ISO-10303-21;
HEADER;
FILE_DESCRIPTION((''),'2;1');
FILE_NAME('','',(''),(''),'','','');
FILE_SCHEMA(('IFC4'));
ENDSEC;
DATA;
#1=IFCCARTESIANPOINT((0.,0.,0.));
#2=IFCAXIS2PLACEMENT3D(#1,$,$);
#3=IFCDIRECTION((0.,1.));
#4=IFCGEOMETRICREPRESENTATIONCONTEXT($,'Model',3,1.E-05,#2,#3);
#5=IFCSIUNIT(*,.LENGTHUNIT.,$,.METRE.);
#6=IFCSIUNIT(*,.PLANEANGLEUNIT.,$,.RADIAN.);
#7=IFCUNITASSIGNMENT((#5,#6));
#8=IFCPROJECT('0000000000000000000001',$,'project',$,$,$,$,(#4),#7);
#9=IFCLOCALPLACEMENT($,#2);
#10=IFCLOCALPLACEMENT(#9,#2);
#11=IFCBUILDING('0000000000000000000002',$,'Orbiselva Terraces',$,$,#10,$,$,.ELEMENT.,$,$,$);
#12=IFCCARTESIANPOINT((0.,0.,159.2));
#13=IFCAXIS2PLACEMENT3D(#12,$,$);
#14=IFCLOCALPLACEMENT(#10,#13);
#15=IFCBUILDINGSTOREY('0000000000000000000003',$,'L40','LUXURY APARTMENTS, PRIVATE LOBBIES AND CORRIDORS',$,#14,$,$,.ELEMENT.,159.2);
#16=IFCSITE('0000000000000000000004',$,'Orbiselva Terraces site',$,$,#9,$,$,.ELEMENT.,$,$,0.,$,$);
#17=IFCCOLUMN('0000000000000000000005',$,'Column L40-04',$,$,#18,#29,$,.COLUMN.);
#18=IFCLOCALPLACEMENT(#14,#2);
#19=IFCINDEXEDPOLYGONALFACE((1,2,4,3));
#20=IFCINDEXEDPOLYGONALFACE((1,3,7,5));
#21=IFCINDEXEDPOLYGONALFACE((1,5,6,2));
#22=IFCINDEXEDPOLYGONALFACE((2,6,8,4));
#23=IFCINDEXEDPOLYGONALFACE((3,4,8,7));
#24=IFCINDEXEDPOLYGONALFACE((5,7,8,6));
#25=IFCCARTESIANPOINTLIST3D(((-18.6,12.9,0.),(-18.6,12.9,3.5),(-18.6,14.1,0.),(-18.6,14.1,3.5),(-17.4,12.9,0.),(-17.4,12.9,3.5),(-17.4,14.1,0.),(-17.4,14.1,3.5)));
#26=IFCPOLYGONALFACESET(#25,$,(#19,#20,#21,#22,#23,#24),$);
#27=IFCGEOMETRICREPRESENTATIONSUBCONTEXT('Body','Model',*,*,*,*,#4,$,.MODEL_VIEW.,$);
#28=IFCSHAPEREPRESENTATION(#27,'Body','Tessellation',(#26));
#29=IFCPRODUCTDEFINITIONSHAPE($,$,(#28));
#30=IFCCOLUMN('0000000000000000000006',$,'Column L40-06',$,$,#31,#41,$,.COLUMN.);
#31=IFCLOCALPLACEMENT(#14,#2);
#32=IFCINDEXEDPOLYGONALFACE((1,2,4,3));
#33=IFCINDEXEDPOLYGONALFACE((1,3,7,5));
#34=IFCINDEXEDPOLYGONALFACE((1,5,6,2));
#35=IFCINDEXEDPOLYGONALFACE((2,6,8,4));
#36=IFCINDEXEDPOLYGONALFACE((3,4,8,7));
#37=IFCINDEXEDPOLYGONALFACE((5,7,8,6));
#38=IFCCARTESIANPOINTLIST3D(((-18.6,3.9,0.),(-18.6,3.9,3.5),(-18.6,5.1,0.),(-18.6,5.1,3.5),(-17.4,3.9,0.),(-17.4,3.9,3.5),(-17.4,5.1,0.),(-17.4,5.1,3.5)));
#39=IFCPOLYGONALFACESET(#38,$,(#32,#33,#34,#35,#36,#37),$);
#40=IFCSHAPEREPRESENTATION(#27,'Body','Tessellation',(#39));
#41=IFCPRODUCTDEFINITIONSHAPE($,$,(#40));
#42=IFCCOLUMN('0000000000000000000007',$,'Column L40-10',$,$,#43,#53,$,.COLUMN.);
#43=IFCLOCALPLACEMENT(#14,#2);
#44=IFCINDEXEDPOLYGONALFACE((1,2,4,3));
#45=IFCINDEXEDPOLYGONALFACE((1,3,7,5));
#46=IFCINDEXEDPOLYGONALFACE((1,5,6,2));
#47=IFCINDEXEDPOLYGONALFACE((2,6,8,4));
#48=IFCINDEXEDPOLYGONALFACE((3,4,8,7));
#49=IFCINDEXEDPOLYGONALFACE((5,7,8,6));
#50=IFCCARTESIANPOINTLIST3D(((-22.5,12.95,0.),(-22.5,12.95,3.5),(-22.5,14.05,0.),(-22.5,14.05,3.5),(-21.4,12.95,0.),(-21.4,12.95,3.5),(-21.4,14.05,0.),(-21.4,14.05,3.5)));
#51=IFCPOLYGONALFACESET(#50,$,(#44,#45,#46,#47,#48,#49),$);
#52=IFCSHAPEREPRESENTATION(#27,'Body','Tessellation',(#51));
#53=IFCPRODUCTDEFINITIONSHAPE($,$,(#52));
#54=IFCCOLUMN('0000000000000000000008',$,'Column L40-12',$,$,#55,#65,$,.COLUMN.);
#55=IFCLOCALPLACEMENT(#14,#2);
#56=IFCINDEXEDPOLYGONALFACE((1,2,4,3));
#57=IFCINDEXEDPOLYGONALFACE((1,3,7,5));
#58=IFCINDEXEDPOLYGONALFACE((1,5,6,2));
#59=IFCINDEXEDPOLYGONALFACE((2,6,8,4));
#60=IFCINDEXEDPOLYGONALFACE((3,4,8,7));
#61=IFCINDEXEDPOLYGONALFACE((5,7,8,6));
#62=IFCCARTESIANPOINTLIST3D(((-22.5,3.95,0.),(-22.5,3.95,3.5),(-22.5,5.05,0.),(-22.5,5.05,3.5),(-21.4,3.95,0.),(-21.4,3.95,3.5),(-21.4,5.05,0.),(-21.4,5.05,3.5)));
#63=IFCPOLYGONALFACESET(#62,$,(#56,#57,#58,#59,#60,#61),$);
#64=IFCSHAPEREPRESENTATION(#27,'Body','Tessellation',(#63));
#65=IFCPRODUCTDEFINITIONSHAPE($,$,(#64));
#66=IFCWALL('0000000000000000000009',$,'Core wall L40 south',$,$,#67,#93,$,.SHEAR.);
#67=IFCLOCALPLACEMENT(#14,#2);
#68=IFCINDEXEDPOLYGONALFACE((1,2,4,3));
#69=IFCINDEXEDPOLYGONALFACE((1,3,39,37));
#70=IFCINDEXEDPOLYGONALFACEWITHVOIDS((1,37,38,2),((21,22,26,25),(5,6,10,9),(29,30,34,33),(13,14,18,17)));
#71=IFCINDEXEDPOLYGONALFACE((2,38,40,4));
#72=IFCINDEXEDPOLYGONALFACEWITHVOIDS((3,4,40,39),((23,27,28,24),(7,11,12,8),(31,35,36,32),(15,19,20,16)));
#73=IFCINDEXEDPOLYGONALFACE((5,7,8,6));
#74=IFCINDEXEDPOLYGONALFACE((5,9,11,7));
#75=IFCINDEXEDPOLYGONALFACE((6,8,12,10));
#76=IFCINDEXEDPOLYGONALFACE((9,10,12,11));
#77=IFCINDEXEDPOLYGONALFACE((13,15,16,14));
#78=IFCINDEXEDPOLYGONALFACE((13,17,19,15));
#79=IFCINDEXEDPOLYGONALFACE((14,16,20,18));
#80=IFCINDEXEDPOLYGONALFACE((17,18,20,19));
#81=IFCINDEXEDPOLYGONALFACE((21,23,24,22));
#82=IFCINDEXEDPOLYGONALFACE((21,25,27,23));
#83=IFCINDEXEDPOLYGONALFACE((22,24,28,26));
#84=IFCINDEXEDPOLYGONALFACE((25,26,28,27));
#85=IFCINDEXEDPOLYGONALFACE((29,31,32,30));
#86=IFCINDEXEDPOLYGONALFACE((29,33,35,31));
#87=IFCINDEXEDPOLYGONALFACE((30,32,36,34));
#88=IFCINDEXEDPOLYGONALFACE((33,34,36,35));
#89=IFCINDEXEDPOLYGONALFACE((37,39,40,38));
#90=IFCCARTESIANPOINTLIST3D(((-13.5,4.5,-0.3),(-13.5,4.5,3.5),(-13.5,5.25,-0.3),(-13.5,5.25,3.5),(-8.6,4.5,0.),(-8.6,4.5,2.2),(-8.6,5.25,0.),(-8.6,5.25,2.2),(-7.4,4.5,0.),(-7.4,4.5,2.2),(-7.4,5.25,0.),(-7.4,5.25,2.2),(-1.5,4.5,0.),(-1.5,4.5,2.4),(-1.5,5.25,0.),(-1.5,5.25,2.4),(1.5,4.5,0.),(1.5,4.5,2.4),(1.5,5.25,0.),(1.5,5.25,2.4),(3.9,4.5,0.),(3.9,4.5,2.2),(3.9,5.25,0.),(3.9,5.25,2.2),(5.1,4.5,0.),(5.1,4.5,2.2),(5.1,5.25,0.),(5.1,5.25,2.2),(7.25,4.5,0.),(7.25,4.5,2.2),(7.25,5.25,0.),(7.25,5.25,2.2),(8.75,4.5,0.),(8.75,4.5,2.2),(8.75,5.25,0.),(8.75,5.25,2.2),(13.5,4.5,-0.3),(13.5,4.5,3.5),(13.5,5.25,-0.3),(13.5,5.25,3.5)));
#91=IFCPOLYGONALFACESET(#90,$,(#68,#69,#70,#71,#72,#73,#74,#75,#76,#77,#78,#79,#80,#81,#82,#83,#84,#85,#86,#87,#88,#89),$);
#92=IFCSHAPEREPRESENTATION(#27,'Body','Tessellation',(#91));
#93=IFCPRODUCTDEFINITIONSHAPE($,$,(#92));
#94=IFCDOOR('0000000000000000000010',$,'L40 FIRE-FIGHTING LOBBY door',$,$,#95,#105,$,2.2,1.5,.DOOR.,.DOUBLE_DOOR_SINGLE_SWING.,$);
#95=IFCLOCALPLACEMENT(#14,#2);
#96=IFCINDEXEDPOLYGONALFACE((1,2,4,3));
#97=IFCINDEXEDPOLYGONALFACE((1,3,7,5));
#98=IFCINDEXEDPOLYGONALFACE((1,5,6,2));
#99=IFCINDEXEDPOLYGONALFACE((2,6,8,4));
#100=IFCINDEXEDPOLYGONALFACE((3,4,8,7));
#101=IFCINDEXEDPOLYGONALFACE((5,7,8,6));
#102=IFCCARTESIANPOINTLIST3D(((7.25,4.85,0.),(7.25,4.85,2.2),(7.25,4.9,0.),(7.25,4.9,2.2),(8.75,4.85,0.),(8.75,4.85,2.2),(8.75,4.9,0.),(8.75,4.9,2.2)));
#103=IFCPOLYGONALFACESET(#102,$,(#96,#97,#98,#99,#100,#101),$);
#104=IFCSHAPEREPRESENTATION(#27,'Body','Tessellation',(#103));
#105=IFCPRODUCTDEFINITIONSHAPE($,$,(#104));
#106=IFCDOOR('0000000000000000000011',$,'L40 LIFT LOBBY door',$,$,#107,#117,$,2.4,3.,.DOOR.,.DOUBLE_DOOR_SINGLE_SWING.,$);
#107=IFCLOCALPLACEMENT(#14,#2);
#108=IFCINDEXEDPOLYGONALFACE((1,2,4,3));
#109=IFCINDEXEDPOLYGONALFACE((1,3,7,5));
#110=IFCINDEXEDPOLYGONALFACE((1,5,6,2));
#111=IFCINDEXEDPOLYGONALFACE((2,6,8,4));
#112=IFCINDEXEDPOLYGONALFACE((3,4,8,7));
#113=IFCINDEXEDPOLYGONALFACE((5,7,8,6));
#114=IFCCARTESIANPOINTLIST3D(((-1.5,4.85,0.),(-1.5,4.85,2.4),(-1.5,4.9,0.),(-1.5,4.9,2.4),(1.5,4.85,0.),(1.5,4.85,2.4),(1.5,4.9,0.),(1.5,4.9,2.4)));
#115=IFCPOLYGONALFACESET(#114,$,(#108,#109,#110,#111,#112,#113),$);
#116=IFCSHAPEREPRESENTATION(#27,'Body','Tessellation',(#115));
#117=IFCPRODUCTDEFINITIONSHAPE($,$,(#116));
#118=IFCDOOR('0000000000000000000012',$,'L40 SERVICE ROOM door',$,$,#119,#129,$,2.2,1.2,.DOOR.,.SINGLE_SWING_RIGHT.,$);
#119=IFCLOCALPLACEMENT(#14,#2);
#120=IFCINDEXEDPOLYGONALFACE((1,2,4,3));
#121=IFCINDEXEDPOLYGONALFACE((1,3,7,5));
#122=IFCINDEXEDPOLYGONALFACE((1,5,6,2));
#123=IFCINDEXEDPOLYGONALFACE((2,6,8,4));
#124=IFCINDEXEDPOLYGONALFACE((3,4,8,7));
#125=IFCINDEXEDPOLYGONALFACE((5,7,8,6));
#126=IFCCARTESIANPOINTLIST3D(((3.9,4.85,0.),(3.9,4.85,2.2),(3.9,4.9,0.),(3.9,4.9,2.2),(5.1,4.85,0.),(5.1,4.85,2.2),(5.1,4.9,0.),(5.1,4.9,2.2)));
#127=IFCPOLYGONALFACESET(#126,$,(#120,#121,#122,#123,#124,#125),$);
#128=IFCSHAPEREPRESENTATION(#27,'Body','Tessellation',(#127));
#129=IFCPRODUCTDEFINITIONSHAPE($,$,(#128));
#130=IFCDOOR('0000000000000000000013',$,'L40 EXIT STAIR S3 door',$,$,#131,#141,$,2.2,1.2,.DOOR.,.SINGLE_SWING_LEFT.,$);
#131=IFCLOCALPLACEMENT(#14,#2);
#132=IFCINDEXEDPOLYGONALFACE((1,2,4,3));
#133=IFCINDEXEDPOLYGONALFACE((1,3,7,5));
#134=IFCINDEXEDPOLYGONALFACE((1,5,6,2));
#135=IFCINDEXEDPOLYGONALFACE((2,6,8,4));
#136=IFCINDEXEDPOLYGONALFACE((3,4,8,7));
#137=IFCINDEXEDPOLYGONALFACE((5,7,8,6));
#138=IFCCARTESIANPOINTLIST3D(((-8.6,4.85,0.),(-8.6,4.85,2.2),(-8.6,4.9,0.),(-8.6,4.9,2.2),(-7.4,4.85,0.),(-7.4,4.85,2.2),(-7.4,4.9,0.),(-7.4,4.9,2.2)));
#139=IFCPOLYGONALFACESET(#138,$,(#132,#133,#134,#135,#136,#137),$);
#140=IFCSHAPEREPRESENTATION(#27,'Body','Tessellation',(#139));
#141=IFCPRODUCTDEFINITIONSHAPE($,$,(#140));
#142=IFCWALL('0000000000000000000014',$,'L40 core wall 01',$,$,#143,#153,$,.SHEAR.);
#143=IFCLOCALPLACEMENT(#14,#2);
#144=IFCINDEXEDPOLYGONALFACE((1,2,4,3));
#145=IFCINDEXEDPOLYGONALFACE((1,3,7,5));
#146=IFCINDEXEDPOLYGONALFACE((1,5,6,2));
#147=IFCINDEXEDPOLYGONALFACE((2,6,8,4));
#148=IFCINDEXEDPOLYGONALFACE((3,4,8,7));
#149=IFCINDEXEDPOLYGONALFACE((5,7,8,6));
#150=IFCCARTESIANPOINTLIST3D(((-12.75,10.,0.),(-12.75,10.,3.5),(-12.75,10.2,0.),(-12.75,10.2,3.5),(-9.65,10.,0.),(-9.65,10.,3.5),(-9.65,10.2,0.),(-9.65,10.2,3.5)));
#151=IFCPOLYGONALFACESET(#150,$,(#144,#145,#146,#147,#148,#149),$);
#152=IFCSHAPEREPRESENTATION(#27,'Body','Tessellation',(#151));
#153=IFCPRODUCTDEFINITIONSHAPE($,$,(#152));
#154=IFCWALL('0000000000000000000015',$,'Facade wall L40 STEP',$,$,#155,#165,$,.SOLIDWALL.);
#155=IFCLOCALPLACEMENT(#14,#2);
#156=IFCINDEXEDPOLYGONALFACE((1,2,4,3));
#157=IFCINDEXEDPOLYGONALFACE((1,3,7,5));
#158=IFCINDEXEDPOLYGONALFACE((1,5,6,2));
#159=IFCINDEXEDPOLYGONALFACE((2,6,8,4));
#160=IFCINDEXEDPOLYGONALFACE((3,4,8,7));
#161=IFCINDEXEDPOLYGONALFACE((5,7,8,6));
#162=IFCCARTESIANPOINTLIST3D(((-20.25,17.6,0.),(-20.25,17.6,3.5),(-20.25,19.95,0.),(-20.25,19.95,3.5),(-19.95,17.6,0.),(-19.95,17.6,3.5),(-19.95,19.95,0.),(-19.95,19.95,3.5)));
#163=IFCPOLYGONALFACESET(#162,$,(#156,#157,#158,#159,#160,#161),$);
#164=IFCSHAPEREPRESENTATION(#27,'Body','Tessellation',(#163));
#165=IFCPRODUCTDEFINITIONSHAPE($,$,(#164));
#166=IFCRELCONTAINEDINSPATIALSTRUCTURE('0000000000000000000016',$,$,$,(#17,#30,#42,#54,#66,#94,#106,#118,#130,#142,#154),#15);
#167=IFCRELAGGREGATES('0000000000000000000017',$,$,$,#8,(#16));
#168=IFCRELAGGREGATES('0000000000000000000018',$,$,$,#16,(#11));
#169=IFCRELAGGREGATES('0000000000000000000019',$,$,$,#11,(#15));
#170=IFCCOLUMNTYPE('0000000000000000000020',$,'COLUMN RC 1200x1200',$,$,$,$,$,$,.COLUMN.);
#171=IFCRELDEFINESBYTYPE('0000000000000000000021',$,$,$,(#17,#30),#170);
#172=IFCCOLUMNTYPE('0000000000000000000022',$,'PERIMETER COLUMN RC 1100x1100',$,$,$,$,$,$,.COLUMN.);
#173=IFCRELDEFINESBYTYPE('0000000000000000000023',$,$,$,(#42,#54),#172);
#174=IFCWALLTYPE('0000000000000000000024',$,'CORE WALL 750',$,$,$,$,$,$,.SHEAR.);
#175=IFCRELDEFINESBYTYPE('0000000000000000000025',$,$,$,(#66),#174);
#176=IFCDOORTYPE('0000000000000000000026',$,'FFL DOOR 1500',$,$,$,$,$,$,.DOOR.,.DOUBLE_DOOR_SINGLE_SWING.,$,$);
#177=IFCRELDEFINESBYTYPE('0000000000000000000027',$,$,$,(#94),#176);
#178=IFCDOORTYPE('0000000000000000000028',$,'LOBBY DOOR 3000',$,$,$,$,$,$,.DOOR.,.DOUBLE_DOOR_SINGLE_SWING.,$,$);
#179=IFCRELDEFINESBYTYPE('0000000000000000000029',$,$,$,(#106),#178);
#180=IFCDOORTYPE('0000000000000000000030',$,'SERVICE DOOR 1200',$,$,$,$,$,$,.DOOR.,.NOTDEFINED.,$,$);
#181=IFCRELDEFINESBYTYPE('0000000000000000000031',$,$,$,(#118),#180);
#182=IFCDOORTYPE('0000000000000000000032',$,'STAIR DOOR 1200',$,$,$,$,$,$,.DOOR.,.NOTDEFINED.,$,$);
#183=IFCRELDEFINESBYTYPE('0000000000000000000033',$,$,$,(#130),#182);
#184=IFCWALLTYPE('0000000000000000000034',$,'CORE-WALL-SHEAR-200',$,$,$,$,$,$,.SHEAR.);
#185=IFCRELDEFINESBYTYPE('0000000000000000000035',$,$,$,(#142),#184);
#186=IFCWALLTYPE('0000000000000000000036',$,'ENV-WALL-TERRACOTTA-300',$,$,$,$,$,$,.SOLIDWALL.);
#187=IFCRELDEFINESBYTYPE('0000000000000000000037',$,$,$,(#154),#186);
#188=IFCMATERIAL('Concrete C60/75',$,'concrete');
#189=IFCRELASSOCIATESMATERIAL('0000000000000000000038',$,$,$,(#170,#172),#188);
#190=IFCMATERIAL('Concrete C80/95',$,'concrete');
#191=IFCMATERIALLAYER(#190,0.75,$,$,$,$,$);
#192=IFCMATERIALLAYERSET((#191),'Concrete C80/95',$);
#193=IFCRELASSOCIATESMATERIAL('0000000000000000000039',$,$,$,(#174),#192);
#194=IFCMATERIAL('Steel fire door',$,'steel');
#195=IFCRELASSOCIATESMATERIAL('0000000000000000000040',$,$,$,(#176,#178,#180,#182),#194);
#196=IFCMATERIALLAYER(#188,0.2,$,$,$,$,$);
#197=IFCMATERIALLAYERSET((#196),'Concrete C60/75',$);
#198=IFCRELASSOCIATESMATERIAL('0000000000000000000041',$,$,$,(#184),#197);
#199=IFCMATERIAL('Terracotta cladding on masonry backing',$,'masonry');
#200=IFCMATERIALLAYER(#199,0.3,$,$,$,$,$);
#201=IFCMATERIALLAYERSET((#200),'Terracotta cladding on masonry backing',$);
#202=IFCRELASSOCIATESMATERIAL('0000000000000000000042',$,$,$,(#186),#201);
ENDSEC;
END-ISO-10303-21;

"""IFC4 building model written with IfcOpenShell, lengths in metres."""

from ifc_helpers import new_model, si_unit, direction, frame, frame_2d, origin, origin_2d, place, context, subcontext, project, spatial, rectangle, extrude, material, layer, layer_set, material_profile, profile_set, type_object, element, fill, save


model = new_model("IFC4")

# Units and contexts
model_context = context("Model", 3, precision=1e-05, world=origin(), true_north=direction((0.0, 1.0)))
body_context = subcontext(model_context, "Body", "Model", "MODEL_VIEW")
ifc_project = project(units=[si_unit("LENGTHUNIT", "METRE"), si_unit("PLANEANGLEUNIT", "RADIAN")], contexts=[model_context])

# Site, building, storey
site_placement = place(None, origin())
site = spatial("IfcSite", under=ifc_project, at=site_placement, Name="Orbiselva Terraces site", CompositionType="ELEMENT", RefElevation=0.0)
building_placement = place(site_placement, origin())
building = spatial("IfcBuilding", under=site, at=building_placement, Name="Orbiselva Terraces", CompositionType="ELEMENT")
storey_placement = place(building_placement, frame((0.0, 0.0, 159.2)))
storey = spatial("IfcBuildingStorey", under=building, at=storey_placement, Name="L40", Description="LUXURY APARTMENTS, PRIVATE LOBBIES AND CORRIDORS", CompositionType="ELEMENT", Elevation=159.2)

# Columns
ifc_material_1 = material(Name="Concrete C60/75", Category="concrete")
ifc_material_profile_1 = material_profile(ifc_material_1, rectangle(XDim=1.2, YDim=1.2, at=origin_2d()), Name="RC 1200x1200")
ifc_profile_set_1 = profile_set([ifc_material_profile_1], Name="Concrete C60/75")
column_type_1 = type_object("IfcColumnType", Name="COLUMN RC 1200x1200", PredefinedType="COLUMN", material=ifc_profile_set_1)
for number, where, z_axis, x_axis, name in (
    (1, (-18.0, 13.5, 0.0), (0.0, 0.0, 1.0), (1.0, 0.0, 0.0), "Column L40-04"),
    (2, (-18.0, 4.5, 0.0), (0.0, 0.0, 1.0), (1.0, 0.0, 0.0), "Column L40-06"),
):
    element("IfcColumn", number, at=place(storey_placement, frame(where, z_axis=z_axis, x_axis=x_axis)), inside=storey, type_object=column_type_1, Name=name, PredefinedType="COLUMN", context=body_context, shape_type="SweptSolid", body=[
        extrude(rectangle(XDim=1.2, YDim=1.2, at=origin_2d()), origin(), (0.0, 0.0, 1.0), 3.5),
    ])
ifc_material_profile_2 = material_profile(ifc_material_1, rectangle(XDim=1.1, YDim=1.1, at=origin_2d()), Name="RC 1100x1100")
ifc_profile_set_2 = profile_set([ifc_material_profile_2], Name="Concrete C60/75")
column_type_2 = type_object("IfcColumnType", Name="PERIMETER COLUMN RC 1100x1100", PredefinedType="COLUMN", material=ifc_profile_set_2)
for number, where, z_axis, x_axis, name in (
    (3, (-21.95, 13.5, 0.0), (0.0, 0.0, 1.0), (1.0, 0.0, 0.0), "Column L40-10"),
    (4, (-21.95, 4.5, 0.0), (0.0, 0.0, 1.0), (1.0, 0.0, 0.0), "Column L40-12"),
):
    element("IfcColumn", number, at=place(storey_placement, frame(where, z_axis=z_axis, x_axis=x_axis)), inside=storey, type_object=column_type_2, Name=name, PredefinedType="COLUMN", context=body_context, shape_type="SweptSolid", body=[
        extrude(rectangle(XDim=1.1, YDim=1.1, at=origin_2d()), origin(), (0.0, 0.0, 1.0), 3.5),
    ])

# Wall, openings, doors
ifc_material_2 = material(Name="Concrete C80/95", Category="concrete")
ifc_layer_1 = layer(ifc_material_2, 0.75)
ifc_layer_set_1 = layer_set([ifc_layer_1], Name="Concrete C80/95")
wall_type_1 = type_object("IfcWallType", Name="CORE WALL 750", PredefinedType="SHEAR", material=ifc_layer_set_1)
wall_1_placement = place(storey_placement, frame((-13.5, 4.875, -0.3), z_axis=(0.0, 0.0, 1.0), x_axis=(1.0, 0.0, 0.0)))
wall_1 = element("IfcWall", 5, at=wall_1_placement, inside=storey, type_object=wall_type_1, Name="Core wall L40 south", PredefinedType="SHEAR", context=body_context, shape_type="SweptSolid", body=[
    extrude(rectangle(XDim=27.0, YDim=0.75, at=frame_2d((13.5, 0.0))), origin(), (0.0, 0.0, 1.0), 3.8),
])
opening_1_placement = place(wall_1_placement, frame((12.0, 0.0, 0.3)))
opening_1 = element("IfcOpeningElement", 6, at=opening_1_placement, cuts=wall_1, PredefinedType="OPENING", context=body_context, shape_type="SweptSolid", body=[
    extrude(rectangle(XDim=3.0, YDim=2.4, at=frame_2d((1.5, 1.2))), frame((0.0, 0.385, 0.0), z_axis=(0.0, -1.0, 0.0), x_axis=(1.0, 0.0, 0.0)), (0.0, 0.0, 1.0), 0.77),
])
opening_2_placement = place(wall_1_placement, frame((4.9, 0.0, 0.3)))
opening_2 = element("IfcOpeningElement", 7, at=opening_2_placement, cuts=wall_1, PredefinedType="OPENING", context=body_context, shape_type="SweptSolid", body=[
    extrude(rectangle(XDim=1.2, YDim=2.2, at=frame_2d((0.6, 1.1))), frame((0.0, 0.385, 0.0), z_axis=(0.0, -1.0, 0.0), x_axis=(1.0, 0.0, 0.0)), (0.0, 0.0, 1.0), 0.77),
])
opening_3_placement = place(wall_1_placement, frame((20.75, 0.0, 0.3)))
opening_3 = element("IfcOpeningElement", 8, at=opening_3_placement, cuts=wall_1, PredefinedType="OPENING", context=body_context, shape_type="SweptSolid", body=[
    extrude(rectangle(XDim=1.5, YDim=2.2, at=frame_2d((0.75, 1.1))), frame((0.0, 0.385, 0.0), z_axis=(0.0, -1.0, 0.0), x_axis=(1.0, 0.0, 0.0)), (0.0, 0.0, 1.0), 0.77),
])
opening_4_placement = place(wall_1_placement, frame((17.4, 0.0, 0.3)))
opening_4 = element("IfcOpeningElement", 9, at=opening_4_placement, cuts=wall_1, PredefinedType="OPENING", context=body_context, shape_type="SweptSolid", body=[
    extrude(rectangle(XDim=1.2, YDim=2.2, at=frame_2d((0.6, 1.1))), frame((0.0, 0.385, 0.0), z_axis=(0.0, -1.0, 0.0), x_axis=(1.0, 0.0, 0.0)), (0.0, 0.0, 1.0), 0.77),
])
ifc_material_3 = material(Name="Steel fire door", Category="steel")
door_type_1 = type_object("IfcDoorType", Name="FFL DOOR 1500", OperationType="DOUBLE_DOOR_SINGLE_SWING", PredefinedType="DOOR", material=ifc_material_3)
door_1_placement = place(opening_3_placement, frame((1.5, 0.0, 0.0), z_axis=(0.0, 0.0, 1.0), x_axis=(-1.0, 0.0, 0.0)))
door_1 = element("IfcDoor", 10, at=door_1_placement, inside=storey, type_object=door_type_1, Name="L40 FIRE-FIGHTING LOBBY door", OperationType="DOUBLE_DOOR_SINGLE_SWING", OverallHeight=2.2, OverallWidth=1.5, PredefinedType="DOOR", context=body_context, shape_type="SweptSolid", body=[
    extrude(rectangle(XDim=1.5, YDim=2.2, at=frame_2d((0.75, 1.1))), frame((0.0, 0.025, 0.0), z_axis=(0.0, -1.0, 0.0), x_axis=(1.0, 0.0, 0.0)), (0.0, 0.0, 1.0), 0.05),
])
fill(opening_3, door_1)
door_type_2 = type_object("IfcDoorType", Name="LOBBY DOOR 3000", OperationType="DOUBLE_DOOR_SINGLE_SWING", PredefinedType="DOOR", material=ifc_material_3)
door_2_placement = place(opening_1_placement, frame((3.0, 0.0, 0.0), z_axis=(0.0, 0.0, 1.0), x_axis=(-1.0, 0.0, 0.0)))
door_2 = element("IfcDoor", 11, at=door_2_placement, inside=storey, type_object=door_type_2, Name="L40 LIFT LOBBY door", OperationType="DOUBLE_DOOR_SINGLE_SWING", OverallHeight=2.4, OverallWidth=3.0, PredefinedType="DOOR", context=body_context, shape_type="SweptSolid", body=[
    extrude(rectangle(XDim=3.0, YDim=2.4, at=frame_2d((1.5, 1.2))), frame((0.0, 0.025, 0.0), z_axis=(0.0, -1.0, 0.0), x_axis=(1.0, 0.0, 0.0)), (0.0, 0.0, 1.0), 0.05),
])
fill(opening_1, door_2)
door_type_3 = type_object("IfcDoorType", Name="SERVICE DOOR 1200", OperationType="NOTDEFINED", PredefinedType="DOOR", material=ifc_material_3)
door_3_placement = place(opening_4_placement, frame((1.2, 0.0, 0.0), z_axis=(0.0, 0.0, 1.0), x_axis=(-1.0, 0.0, 0.0)))
door_3 = element("IfcDoor", 12, at=door_3_placement, inside=storey, type_object=door_type_3, Name="L40 SERVICE ROOM door", OperationType="SINGLE_SWING_RIGHT", OverallHeight=2.2, OverallWidth=1.2, PredefinedType="DOOR", context=body_context, shape_type="SweptSolid", body=[
    extrude(rectangle(XDim=1.2, YDim=2.2, at=frame_2d((0.6, 1.1))), frame((0.0, 0.025, 0.0), z_axis=(0.0, -1.0, 0.0), x_axis=(1.0, 0.0, 0.0)), (0.0, 0.0, 1.0), 0.05),
])
fill(opening_4, door_3)
door_type_4 = type_object("IfcDoorType", Name="STAIR DOOR 1200", OperationType="NOTDEFINED", PredefinedType="DOOR", material=ifc_material_3)
door_4_placement = place(opening_2_placement, frame((1.2, 0.0, 0.0), z_axis=(0.0, 0.0, 1.0), x_axis=(-1.0, 0.0, 0.0)))
door_4 = element("IfcDoor", 13, at=door_4_placement, inside=storey, type_object=door_type_4, Name="L40 EXIT STAIR S3 door", OperationType="SINGLE_SWING_LEFT", OverallHeight=2.2, OverallWidth=1.2, PredefinedType="DOOR", context=body_context, shape_type="SweptSolid", body=[
    extrude(rectangle(XDim=1.2, YDim=2.2, at=frame_2d((0.6, 1.1))), frame((0.0, 0.025, 0.0), z_axis=(0.0, -1.0, 0.0), x_axis=(1.0, 0.0, 0.0)), (0.0, 0.0, 1.0), 0.05),
])
fill(opening_2, door_4)

# Walls
ifc_layer_2 = layer(ifc_material_1, 0.2)
ifc_layer_set_2 = layer_set([ifc_layer_2], Name="Concrete C60/75")
wall_type_2 = type_object("IfcWallType", Name="CORE-WALL-SHEAR-200", PredefinedType="SHEAR", material=ifc_layer_set_2)
wall_2_placement = place(storey_placement, frame((-12.75, 10.1, 0.0), z_axis=(0.0, 0.0, 1.0), x_axis=(1.0, 0.0, 0.0)))
element("IfcWall", 14, at=wall_2_placement, inside=storey, type_object=wall_type_2, Name="L40 core wall 01", PredefinedType="SHEAR", context=body_context, shape_type="SweptSolid", body=[
    extrude(rectangle(XDim=3.1, YDim=0.2, at=frame_2d((1.55, 0.0))), origin(), (0.0, 0.0, 1.0), 3.5),
])
ifc_material_4 = material(Name="Terracotta cladding on masonry backing", Category="masonry")
ifc_layer_3 = layer(ifc_material_4, 0.3)
ifc_layer_set_3 = layer_set([ifc_layer_3], Name="Terracotta cladding on masonry backing")
wall_type_3 = type_object("IfcWallType", Name="ENV-WALL-TERRACOTTA-300", PredefinedType="SOLIDWALL", material=ifc_layer_set_3)
wall_3_placement = place(storey_placement, frame((-20.1, 17.6, 0.0), z_axis=(0.0, 0.0, 1.0), x_axis=(0.0, 1.0, 0.0)))
element("IfcWall", 15, at=wall_3_placement, inside=storey, type_object=wall_type_3, Name="Facade wall L40 STEP", PredefinedType="SOLIDWALL", context=body_context, shape_type="SweptSolid", body=[
    extrude(rectangle(XDim=2.35, YDim=0.3, at=frame_2d((1.175, 0.0))), origin(), (0.0, 0.0, 1.0), 3.5),
])

save(model, "model.ifc")
